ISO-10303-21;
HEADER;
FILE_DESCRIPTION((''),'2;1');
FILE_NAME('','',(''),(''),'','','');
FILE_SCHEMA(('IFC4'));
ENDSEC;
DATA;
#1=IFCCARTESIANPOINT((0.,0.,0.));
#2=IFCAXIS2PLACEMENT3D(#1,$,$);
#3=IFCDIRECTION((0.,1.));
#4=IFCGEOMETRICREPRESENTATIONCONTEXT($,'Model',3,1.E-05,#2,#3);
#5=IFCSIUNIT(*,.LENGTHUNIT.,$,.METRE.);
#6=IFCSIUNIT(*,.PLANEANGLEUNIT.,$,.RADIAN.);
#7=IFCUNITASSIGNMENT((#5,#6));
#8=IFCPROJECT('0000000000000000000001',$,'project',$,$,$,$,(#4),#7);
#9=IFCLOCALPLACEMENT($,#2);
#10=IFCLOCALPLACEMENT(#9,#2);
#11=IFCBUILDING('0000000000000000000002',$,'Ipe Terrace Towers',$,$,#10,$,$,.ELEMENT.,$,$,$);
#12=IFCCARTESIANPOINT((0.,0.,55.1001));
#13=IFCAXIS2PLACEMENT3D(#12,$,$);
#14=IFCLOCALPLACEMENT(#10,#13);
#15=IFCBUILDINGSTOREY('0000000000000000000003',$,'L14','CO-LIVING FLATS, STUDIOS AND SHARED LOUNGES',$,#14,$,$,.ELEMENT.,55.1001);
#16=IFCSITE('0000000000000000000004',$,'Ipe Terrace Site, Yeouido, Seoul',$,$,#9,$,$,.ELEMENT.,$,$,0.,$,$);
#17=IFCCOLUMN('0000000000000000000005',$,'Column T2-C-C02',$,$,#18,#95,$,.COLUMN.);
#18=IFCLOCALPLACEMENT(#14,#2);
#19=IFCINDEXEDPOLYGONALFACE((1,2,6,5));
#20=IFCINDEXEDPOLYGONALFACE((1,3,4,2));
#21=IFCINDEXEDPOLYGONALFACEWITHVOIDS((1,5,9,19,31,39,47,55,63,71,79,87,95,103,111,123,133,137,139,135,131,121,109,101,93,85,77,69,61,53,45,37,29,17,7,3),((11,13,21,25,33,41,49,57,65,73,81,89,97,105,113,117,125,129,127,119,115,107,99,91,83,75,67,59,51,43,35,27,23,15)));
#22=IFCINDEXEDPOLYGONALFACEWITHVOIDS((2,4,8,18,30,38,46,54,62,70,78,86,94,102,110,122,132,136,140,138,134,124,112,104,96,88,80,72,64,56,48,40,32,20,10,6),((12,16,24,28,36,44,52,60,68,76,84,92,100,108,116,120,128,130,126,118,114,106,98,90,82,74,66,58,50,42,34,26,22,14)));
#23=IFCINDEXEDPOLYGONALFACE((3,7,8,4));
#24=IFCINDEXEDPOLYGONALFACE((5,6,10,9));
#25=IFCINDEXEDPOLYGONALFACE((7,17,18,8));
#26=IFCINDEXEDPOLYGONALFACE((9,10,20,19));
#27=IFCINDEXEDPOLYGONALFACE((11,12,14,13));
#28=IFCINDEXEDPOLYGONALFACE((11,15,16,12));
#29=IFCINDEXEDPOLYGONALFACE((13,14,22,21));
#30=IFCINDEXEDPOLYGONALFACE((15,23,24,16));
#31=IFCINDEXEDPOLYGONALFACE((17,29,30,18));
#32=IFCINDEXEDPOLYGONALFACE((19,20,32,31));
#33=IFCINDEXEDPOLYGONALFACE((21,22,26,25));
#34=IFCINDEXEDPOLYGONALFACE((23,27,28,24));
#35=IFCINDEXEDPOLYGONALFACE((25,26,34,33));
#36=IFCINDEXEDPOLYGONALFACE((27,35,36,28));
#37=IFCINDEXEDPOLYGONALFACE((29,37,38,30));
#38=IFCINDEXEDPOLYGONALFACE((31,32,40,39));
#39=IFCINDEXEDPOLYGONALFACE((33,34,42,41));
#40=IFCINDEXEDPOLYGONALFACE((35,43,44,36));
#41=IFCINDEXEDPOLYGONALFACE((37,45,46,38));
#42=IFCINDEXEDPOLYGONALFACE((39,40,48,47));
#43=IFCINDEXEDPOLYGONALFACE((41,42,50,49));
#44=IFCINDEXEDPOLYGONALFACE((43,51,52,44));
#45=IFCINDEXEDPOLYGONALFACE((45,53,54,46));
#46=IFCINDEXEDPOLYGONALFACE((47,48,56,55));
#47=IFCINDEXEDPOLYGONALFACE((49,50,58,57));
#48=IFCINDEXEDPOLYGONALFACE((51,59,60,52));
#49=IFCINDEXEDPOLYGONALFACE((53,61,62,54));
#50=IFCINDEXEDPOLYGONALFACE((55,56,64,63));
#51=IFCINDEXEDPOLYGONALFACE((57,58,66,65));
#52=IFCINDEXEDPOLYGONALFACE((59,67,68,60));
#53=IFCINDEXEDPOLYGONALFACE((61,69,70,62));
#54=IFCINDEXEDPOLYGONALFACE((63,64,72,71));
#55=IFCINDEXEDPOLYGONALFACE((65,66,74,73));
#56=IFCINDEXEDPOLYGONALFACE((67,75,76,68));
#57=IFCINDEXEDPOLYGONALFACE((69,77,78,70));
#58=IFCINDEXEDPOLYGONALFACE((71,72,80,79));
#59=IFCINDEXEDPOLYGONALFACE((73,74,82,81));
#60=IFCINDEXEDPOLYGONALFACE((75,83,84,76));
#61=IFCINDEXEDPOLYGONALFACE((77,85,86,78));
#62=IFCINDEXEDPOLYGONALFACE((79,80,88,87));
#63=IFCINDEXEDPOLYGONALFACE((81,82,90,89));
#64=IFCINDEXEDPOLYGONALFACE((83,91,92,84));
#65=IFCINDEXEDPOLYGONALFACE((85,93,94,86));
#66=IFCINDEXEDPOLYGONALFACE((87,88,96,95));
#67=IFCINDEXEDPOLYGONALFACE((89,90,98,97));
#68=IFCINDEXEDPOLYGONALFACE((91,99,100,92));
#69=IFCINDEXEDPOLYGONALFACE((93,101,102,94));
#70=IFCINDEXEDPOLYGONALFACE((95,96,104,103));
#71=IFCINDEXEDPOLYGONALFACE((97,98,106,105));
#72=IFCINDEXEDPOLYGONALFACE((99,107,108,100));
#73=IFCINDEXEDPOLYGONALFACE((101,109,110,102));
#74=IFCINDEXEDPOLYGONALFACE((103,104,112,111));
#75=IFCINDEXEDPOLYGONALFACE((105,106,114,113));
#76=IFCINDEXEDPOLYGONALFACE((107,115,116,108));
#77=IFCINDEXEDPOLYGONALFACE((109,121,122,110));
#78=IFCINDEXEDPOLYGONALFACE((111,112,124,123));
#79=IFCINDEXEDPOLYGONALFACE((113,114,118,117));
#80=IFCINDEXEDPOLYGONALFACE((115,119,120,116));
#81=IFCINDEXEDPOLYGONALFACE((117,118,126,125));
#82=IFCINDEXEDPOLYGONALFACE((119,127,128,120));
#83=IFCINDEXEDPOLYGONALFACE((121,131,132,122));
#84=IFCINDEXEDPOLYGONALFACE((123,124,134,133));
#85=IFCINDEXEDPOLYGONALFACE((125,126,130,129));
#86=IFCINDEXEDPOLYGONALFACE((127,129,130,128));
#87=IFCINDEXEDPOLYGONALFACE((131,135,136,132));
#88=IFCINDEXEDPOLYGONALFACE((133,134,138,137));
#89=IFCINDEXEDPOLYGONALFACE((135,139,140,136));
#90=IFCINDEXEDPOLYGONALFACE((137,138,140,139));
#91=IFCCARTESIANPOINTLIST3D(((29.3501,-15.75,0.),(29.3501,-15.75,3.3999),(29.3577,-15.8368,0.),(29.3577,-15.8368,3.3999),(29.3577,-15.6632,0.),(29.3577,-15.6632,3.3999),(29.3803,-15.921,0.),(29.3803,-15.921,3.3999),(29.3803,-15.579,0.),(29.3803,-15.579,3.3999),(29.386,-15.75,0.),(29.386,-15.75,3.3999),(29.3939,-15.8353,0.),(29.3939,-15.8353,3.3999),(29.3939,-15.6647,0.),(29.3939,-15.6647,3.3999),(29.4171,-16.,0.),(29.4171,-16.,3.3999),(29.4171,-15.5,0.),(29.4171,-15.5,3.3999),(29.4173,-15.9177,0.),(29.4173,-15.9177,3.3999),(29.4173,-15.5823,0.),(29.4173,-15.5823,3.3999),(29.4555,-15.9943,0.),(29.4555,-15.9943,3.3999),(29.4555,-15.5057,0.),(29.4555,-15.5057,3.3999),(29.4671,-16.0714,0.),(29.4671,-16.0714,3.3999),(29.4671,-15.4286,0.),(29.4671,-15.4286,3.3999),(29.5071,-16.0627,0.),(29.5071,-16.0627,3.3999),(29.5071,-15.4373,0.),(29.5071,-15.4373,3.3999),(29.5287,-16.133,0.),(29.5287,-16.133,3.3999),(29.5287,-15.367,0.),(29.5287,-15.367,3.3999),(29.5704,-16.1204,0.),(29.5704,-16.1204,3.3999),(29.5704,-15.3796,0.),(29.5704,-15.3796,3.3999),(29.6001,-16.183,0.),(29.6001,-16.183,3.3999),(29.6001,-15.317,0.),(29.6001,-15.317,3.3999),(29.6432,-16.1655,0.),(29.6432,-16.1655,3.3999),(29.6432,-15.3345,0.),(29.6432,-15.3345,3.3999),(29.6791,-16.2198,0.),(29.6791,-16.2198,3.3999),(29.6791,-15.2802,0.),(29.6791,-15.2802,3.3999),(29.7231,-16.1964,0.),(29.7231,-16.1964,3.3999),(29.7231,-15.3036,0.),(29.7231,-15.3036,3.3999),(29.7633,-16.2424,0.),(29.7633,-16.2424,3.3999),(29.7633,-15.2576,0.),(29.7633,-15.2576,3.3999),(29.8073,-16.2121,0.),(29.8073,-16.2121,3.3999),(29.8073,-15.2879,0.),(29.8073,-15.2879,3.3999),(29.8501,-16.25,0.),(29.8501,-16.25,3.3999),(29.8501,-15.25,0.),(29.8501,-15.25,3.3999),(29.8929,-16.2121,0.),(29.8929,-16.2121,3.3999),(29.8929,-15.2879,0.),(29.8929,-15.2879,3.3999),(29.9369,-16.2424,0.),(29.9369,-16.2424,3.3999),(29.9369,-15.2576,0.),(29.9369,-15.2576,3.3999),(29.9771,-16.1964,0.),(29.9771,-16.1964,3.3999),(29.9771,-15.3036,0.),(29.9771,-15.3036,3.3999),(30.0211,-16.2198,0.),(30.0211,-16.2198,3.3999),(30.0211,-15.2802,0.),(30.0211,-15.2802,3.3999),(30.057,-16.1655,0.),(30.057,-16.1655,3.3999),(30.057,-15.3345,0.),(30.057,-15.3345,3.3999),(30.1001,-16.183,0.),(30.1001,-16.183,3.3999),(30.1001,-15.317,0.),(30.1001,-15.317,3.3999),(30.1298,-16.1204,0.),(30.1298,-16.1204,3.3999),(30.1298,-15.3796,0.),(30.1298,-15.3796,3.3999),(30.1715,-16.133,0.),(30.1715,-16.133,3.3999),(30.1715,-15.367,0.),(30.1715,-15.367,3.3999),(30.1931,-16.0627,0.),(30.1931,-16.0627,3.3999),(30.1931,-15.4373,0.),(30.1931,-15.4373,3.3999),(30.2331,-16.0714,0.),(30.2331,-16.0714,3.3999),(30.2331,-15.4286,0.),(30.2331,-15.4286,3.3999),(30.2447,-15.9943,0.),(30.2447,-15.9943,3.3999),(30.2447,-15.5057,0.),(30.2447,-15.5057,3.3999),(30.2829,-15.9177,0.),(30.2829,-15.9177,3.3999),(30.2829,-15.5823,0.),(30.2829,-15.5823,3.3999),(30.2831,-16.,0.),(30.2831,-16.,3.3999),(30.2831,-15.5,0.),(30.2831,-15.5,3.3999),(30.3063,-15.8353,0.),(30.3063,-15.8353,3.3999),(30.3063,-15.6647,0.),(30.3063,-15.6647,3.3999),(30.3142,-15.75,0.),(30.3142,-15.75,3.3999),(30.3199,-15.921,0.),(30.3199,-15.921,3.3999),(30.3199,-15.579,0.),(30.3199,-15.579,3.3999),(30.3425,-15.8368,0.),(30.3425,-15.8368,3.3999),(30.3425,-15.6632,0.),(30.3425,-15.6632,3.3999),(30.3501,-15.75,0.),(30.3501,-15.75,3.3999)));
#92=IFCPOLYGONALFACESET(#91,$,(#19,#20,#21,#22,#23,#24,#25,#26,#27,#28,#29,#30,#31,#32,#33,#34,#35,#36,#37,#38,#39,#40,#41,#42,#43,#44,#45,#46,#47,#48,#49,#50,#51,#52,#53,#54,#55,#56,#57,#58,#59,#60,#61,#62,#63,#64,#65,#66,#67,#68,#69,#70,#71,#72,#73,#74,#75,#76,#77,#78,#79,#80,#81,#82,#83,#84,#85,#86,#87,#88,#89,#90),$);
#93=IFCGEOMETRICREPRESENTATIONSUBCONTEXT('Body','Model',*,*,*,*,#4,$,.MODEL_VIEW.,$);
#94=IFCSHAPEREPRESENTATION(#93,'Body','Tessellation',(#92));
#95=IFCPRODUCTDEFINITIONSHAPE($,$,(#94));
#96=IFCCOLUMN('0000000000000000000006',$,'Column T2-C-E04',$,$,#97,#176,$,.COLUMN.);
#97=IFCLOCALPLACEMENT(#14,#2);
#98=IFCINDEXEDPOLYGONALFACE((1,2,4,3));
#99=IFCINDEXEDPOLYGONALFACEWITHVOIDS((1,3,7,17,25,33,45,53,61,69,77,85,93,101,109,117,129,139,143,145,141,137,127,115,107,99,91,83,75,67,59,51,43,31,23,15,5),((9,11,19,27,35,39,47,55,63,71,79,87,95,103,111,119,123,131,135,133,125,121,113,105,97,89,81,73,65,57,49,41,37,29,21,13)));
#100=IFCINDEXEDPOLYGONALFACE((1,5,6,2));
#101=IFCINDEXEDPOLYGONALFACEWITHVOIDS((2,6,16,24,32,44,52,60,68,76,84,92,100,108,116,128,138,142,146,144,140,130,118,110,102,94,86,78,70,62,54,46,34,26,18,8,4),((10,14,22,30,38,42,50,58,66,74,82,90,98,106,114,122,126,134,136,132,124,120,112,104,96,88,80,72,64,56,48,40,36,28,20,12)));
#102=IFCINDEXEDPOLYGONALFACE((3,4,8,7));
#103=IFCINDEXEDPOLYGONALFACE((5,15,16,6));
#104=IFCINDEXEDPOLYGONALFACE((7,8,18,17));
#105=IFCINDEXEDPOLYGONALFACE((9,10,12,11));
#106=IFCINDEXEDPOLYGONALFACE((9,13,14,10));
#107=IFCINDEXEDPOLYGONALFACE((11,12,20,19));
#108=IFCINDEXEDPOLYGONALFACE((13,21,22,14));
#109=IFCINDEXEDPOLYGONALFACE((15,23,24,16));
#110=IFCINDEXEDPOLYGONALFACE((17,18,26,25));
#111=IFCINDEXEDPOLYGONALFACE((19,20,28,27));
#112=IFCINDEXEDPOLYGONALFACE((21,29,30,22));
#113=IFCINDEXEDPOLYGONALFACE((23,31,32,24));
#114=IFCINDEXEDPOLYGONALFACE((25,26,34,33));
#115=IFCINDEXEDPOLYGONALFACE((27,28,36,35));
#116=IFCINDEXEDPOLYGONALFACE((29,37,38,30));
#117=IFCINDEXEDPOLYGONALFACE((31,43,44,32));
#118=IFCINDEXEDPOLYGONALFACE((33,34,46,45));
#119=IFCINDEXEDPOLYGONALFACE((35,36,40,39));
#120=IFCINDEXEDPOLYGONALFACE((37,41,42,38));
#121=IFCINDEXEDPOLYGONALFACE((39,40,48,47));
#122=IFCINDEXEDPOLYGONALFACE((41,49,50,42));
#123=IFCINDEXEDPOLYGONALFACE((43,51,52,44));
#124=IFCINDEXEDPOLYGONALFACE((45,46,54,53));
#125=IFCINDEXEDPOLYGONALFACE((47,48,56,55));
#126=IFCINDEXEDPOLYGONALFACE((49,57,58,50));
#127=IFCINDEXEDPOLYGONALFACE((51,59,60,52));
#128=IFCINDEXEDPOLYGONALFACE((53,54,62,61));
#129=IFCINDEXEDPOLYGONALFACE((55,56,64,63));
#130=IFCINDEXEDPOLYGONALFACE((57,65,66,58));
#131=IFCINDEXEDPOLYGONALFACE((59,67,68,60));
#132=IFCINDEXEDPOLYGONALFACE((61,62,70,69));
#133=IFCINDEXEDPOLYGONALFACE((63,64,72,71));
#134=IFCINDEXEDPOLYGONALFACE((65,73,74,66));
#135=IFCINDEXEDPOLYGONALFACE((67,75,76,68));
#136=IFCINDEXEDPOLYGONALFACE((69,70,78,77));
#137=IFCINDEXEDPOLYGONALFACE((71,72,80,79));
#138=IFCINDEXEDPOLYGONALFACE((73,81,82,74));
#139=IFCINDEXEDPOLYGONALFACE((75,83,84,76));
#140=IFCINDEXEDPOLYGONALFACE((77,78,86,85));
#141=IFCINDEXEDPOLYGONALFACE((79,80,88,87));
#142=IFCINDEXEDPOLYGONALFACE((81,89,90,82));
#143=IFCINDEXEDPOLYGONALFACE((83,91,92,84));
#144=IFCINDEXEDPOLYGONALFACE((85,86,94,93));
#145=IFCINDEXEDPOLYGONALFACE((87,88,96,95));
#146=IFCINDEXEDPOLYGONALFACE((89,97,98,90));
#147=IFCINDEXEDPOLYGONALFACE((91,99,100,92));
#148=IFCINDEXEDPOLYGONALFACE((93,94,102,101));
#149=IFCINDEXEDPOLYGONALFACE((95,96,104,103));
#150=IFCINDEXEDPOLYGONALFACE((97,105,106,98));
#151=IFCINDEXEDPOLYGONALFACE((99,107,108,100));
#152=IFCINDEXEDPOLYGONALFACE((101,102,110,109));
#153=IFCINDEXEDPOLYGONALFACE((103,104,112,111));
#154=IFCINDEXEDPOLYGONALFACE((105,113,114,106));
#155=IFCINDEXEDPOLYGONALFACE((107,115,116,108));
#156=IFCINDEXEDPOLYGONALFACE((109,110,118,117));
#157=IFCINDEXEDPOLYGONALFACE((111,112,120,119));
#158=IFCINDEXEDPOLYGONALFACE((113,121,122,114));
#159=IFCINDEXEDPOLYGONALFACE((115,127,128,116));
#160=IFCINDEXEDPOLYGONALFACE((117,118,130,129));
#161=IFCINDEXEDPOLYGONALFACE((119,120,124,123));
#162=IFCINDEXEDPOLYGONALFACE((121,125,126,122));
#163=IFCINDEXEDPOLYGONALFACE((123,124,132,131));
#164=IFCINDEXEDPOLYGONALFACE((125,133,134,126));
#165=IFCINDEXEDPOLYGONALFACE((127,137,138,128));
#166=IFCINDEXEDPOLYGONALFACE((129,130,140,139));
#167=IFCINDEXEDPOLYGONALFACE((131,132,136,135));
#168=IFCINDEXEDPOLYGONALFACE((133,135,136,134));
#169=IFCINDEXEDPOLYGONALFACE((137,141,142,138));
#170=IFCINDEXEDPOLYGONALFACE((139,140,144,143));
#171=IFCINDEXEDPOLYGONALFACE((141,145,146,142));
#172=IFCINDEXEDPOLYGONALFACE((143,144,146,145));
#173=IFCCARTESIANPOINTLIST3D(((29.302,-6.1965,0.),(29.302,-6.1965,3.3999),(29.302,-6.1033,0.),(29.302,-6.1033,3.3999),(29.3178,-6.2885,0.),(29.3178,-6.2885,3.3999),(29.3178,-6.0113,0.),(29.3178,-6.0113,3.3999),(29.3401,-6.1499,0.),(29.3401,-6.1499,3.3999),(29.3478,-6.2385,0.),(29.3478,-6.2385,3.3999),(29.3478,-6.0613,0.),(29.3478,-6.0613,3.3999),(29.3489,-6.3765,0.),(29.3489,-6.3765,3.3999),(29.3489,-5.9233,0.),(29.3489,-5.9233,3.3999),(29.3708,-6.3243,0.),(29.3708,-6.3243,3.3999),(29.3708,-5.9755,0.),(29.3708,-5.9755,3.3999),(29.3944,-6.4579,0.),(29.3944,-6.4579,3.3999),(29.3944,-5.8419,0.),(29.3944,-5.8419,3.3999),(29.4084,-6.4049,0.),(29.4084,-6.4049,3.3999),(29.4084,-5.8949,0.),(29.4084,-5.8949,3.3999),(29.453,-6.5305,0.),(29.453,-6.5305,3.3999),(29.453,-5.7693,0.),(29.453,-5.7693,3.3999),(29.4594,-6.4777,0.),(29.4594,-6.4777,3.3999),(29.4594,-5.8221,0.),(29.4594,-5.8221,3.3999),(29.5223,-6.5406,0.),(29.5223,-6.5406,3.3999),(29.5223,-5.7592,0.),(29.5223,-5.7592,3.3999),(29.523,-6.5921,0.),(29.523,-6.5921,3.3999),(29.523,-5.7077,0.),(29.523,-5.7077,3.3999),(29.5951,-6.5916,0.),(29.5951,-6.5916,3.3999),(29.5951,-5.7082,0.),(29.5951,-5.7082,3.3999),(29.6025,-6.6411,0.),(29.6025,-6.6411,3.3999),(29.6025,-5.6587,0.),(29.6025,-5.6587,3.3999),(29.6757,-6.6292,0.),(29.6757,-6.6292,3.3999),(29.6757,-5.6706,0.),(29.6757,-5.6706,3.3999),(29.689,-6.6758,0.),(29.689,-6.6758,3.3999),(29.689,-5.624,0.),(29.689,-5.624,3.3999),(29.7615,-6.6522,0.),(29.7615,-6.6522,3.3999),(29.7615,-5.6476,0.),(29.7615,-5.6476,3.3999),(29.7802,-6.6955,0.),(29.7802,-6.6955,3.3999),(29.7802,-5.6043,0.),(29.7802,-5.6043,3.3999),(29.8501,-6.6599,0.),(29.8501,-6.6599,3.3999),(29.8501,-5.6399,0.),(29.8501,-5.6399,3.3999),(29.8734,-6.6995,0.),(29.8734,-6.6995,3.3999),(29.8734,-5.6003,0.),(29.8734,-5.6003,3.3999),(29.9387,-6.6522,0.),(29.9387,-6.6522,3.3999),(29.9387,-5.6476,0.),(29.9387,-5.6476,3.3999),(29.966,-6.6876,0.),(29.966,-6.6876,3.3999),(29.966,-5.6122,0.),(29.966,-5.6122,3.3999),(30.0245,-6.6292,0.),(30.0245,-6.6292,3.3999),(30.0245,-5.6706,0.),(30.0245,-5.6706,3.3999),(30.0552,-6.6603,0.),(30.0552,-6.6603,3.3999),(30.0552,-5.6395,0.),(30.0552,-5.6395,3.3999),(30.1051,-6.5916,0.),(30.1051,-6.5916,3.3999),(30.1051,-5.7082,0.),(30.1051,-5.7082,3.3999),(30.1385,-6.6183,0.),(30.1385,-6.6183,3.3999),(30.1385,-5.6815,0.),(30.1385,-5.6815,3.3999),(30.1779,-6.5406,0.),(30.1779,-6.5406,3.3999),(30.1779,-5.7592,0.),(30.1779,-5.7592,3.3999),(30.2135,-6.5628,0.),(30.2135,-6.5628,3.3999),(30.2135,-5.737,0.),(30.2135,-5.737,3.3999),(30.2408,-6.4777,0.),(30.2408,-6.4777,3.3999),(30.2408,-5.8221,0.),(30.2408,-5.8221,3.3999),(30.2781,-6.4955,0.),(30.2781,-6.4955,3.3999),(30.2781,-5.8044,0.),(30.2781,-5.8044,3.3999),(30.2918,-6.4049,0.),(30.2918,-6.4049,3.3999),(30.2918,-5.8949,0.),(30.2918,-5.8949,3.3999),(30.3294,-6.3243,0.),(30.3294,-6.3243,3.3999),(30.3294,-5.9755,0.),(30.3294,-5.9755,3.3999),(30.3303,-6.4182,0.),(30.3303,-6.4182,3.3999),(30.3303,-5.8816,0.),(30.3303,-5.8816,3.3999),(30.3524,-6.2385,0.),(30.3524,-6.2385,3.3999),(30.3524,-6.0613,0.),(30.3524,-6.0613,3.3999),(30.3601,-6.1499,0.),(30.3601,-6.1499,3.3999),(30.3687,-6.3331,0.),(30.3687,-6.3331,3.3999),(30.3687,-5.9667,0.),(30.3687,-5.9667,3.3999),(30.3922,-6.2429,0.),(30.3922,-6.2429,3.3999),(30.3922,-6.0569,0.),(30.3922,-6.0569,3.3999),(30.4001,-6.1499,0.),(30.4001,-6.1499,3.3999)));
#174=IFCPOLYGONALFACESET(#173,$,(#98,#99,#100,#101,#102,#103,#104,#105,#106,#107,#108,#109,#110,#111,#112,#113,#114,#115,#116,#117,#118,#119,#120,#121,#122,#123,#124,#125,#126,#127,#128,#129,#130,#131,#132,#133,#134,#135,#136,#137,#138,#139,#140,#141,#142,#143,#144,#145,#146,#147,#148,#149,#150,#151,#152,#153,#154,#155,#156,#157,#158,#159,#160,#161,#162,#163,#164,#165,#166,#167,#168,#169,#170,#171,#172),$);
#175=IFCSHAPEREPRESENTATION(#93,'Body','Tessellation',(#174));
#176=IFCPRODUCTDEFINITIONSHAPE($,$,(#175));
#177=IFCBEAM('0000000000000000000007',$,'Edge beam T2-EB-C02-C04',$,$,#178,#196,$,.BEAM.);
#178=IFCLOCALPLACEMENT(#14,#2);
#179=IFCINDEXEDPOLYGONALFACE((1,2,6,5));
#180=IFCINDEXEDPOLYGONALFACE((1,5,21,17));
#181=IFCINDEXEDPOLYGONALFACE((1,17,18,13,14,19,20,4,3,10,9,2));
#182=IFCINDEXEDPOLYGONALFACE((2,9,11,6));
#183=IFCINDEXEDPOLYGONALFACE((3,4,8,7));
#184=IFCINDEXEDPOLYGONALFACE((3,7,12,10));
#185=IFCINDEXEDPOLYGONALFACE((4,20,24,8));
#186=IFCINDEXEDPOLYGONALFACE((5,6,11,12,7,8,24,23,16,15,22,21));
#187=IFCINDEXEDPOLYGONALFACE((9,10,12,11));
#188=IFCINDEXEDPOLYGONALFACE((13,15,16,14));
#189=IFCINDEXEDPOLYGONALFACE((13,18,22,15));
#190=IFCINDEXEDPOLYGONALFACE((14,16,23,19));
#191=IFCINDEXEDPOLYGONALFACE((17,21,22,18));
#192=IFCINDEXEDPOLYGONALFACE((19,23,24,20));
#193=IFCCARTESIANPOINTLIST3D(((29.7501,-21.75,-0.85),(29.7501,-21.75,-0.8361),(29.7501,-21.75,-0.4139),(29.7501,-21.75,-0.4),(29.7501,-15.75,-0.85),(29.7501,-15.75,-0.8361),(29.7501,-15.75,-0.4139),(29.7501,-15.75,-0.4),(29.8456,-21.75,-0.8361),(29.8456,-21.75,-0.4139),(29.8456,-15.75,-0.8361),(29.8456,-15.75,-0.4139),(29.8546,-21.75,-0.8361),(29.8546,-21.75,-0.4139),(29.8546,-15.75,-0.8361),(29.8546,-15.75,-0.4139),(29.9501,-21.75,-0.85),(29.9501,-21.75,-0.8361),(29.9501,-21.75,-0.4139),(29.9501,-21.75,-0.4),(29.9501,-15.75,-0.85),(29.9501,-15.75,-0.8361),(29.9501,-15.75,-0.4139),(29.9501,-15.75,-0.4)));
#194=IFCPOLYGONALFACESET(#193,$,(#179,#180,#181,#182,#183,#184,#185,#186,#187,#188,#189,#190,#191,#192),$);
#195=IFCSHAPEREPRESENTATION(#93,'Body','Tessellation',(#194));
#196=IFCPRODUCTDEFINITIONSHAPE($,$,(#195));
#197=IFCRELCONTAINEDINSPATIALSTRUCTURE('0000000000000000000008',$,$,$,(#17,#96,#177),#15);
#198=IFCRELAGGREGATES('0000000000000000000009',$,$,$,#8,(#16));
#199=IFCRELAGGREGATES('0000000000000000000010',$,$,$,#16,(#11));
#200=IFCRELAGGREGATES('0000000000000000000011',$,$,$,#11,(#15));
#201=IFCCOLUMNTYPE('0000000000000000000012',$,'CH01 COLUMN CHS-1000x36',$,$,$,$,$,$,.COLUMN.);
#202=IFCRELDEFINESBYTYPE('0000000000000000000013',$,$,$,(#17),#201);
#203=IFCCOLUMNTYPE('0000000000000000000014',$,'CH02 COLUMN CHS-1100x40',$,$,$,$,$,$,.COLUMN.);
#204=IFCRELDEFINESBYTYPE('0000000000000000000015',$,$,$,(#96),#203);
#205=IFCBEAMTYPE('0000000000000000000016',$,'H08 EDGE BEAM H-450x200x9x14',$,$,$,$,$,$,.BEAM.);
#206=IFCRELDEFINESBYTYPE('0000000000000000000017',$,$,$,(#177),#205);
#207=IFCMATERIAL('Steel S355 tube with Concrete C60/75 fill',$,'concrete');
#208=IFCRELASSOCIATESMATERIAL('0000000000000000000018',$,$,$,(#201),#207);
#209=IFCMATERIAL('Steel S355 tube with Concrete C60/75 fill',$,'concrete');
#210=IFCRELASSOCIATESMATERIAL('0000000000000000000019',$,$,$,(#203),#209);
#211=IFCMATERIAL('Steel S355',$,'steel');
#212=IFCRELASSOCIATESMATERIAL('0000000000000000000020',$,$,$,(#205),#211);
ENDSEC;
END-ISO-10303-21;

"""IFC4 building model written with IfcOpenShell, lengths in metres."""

from ifc_helpers import new_model, si_unit, direction, frame, origin, origin_2d, place, context, subcontext, project, spatial, hollow_circle, i_section, extrude, material, material_profile, profile_set, type_object, element, save


model = new_model("IFC4")

# Units and contexts
model_context = context("Model", 3, precision=1e-05, world=origin(), true_north=direction((0.0, 1.0)))
body_context = subcontext(model_context, "Body", "Model", "MODEL_VIEW")
ifc_project = project(units=[si_unit("LENGTHUNIT", "METRE"), si_unit("PLANEANGLEUNIT", "RADIAN")], contexts=[model_context])

# Site, building, storey
site_placement = place(None, origin())
site = spatial("IfcSite", under=ifc_project, at=site_placement, Name="Ipe Terrace Site, Yeouido, Seoul", CompositionType="ELEMENT", RefElevation=0.0)
building_placement = place(site_placement, origin())
building = spatial("IfcBuilding", under=site, at=building_placement, Name="Ipe Terrace Towers", CompositionType="ELEMENT")
storey_placement = place(building_placement, frame((0.0, 0.0, 55.1001)))
storey = spatial("IfcBuildingStorey", under=building, at=storey_placement, Name="L14", Description="CO-LIVING FLATS, STUDIOS AND SHARED LOUNGES", CompositionType="ELEMENT", Elevation=55.1001)

# Columns
ifc_material_1 = material(Name="Steel S355 tube with Concrete C60/75 fill", Category="concrete")
ifc_material_profile_1 = material_profile(ifc_material_1, hollow_circle(Radius=0.5, WallThickness=0.0359, at=origin_2d()), Name="CHS-1000x36")
ifc_profile_set_1 = profile_set([ifc_material_profile_1], Name="Steel S355 tube with Concrete C60/75 fill")
column_type_1 = type_object("IfcColumnType", Name="CH01 COLUMN CHS-1000x36", PredefinedType="COLUMN", material=ifc_profile_set_1)
column_1_placement = place(storey_placement, frame((29.8501, -15.75, 0.0), z_axis=(0.0, 0.0, 1.0), x_axis=(1.0, 0.0, 0.0)))
element("IfcColumn", 1, at=column_1_placement, inside=storey, type_object=column_type_1, Name="Column T2-C-C02", PredefinedType="COLUMN", context=body_context, shape_type="SweptSolid", body=[
    extrude(hollow_circle(Radius=0.5, WallThickness=0.0359, at=origin_2d()), origin(), (0.0, 0.0, 1.0), 3.3999),
])
ifc_material_2 = material(Name="Steel S355 tube with Concrete C60/75 fill", Category="concrete")
ifc_material_profile_2 = material_profile(ifc_material_2, hollow_circle(Radius=0.55, WallThickness=0.04, at=origin_2d()), Name="CHS-1100x40")
ifc_profile_set_2 = profile_set([ifc_material_profile_2], Name="Steel S355 tube with Concrete C60/75 fill")
column_type_2 = type_object("IfcColumnType", Name="CH02 COLUMN CHS-1100x40", PredefinedType="COLUMN", material=ifc_profile_set_2)
column_2_placement = place(storey_placement, frame((29.8501, -6.1499, 0.0), z_axis=(0.0, 0.0, 1.0), x_axis=(1.0, 0.0, 0.0)))
element("IfcColumn", 2, at=column_2_placement, inside=storey, type_object=column_type_2, Name="Column T2-C-E04", PredefinedType="COLUMN", context=body_context, shape_type="SweptSolid", body=[
    extrude(hollow_circle(Radius=0.55, WallThickness=0.04, at=origin_2d()), origin(), (0.0, 0.0, 1.0), 3.3999),
])

# Beam
ifc_material_3 = material(Name="Steel S355", Category="steel")
ifc_material_profile_3 = material_profile(ifc_material_3, i_section(OverallWidth=0.2, OverallDepth=0.45, WebThickness=0.009, FlangeThickness=0.0139, at=origin_2d()), Name="H-450x200x9x14")
ifc_profile_set_3 = profile_set([ifc_material_profile_3], Name="Steel S355")
beam_type = type_object("IfcBeamType", Name="H08 EDGE BEAM H-450x200x9x14", PredefinedType="BEAM", material=ifc_profile_set_3)
beam_placement = place(storey_placement, frame((29.8501, -15.75, -0.625), z_axis=(0.0, -1.0, 0.0), x_axis=(1.0, 0.0, 0.0)))
element("IfcBeam", 3, at=beam_placement, inside=storey, type_object=beam_type, Name="Edge beam T2-EB-C02-C04", PredefinedType="BEAM", context=body_context, shape_type="SweptSolid", body=[
    extrude(i_section(OverallWidth=0.2, OverallDepth=0.45, WebThickness=0.009, FlangeThickness=0.0139, at=origin_2d()), origin(), (0.0, 0.0, 1.0), 6.0),
])

save(model, "model.ifc")
